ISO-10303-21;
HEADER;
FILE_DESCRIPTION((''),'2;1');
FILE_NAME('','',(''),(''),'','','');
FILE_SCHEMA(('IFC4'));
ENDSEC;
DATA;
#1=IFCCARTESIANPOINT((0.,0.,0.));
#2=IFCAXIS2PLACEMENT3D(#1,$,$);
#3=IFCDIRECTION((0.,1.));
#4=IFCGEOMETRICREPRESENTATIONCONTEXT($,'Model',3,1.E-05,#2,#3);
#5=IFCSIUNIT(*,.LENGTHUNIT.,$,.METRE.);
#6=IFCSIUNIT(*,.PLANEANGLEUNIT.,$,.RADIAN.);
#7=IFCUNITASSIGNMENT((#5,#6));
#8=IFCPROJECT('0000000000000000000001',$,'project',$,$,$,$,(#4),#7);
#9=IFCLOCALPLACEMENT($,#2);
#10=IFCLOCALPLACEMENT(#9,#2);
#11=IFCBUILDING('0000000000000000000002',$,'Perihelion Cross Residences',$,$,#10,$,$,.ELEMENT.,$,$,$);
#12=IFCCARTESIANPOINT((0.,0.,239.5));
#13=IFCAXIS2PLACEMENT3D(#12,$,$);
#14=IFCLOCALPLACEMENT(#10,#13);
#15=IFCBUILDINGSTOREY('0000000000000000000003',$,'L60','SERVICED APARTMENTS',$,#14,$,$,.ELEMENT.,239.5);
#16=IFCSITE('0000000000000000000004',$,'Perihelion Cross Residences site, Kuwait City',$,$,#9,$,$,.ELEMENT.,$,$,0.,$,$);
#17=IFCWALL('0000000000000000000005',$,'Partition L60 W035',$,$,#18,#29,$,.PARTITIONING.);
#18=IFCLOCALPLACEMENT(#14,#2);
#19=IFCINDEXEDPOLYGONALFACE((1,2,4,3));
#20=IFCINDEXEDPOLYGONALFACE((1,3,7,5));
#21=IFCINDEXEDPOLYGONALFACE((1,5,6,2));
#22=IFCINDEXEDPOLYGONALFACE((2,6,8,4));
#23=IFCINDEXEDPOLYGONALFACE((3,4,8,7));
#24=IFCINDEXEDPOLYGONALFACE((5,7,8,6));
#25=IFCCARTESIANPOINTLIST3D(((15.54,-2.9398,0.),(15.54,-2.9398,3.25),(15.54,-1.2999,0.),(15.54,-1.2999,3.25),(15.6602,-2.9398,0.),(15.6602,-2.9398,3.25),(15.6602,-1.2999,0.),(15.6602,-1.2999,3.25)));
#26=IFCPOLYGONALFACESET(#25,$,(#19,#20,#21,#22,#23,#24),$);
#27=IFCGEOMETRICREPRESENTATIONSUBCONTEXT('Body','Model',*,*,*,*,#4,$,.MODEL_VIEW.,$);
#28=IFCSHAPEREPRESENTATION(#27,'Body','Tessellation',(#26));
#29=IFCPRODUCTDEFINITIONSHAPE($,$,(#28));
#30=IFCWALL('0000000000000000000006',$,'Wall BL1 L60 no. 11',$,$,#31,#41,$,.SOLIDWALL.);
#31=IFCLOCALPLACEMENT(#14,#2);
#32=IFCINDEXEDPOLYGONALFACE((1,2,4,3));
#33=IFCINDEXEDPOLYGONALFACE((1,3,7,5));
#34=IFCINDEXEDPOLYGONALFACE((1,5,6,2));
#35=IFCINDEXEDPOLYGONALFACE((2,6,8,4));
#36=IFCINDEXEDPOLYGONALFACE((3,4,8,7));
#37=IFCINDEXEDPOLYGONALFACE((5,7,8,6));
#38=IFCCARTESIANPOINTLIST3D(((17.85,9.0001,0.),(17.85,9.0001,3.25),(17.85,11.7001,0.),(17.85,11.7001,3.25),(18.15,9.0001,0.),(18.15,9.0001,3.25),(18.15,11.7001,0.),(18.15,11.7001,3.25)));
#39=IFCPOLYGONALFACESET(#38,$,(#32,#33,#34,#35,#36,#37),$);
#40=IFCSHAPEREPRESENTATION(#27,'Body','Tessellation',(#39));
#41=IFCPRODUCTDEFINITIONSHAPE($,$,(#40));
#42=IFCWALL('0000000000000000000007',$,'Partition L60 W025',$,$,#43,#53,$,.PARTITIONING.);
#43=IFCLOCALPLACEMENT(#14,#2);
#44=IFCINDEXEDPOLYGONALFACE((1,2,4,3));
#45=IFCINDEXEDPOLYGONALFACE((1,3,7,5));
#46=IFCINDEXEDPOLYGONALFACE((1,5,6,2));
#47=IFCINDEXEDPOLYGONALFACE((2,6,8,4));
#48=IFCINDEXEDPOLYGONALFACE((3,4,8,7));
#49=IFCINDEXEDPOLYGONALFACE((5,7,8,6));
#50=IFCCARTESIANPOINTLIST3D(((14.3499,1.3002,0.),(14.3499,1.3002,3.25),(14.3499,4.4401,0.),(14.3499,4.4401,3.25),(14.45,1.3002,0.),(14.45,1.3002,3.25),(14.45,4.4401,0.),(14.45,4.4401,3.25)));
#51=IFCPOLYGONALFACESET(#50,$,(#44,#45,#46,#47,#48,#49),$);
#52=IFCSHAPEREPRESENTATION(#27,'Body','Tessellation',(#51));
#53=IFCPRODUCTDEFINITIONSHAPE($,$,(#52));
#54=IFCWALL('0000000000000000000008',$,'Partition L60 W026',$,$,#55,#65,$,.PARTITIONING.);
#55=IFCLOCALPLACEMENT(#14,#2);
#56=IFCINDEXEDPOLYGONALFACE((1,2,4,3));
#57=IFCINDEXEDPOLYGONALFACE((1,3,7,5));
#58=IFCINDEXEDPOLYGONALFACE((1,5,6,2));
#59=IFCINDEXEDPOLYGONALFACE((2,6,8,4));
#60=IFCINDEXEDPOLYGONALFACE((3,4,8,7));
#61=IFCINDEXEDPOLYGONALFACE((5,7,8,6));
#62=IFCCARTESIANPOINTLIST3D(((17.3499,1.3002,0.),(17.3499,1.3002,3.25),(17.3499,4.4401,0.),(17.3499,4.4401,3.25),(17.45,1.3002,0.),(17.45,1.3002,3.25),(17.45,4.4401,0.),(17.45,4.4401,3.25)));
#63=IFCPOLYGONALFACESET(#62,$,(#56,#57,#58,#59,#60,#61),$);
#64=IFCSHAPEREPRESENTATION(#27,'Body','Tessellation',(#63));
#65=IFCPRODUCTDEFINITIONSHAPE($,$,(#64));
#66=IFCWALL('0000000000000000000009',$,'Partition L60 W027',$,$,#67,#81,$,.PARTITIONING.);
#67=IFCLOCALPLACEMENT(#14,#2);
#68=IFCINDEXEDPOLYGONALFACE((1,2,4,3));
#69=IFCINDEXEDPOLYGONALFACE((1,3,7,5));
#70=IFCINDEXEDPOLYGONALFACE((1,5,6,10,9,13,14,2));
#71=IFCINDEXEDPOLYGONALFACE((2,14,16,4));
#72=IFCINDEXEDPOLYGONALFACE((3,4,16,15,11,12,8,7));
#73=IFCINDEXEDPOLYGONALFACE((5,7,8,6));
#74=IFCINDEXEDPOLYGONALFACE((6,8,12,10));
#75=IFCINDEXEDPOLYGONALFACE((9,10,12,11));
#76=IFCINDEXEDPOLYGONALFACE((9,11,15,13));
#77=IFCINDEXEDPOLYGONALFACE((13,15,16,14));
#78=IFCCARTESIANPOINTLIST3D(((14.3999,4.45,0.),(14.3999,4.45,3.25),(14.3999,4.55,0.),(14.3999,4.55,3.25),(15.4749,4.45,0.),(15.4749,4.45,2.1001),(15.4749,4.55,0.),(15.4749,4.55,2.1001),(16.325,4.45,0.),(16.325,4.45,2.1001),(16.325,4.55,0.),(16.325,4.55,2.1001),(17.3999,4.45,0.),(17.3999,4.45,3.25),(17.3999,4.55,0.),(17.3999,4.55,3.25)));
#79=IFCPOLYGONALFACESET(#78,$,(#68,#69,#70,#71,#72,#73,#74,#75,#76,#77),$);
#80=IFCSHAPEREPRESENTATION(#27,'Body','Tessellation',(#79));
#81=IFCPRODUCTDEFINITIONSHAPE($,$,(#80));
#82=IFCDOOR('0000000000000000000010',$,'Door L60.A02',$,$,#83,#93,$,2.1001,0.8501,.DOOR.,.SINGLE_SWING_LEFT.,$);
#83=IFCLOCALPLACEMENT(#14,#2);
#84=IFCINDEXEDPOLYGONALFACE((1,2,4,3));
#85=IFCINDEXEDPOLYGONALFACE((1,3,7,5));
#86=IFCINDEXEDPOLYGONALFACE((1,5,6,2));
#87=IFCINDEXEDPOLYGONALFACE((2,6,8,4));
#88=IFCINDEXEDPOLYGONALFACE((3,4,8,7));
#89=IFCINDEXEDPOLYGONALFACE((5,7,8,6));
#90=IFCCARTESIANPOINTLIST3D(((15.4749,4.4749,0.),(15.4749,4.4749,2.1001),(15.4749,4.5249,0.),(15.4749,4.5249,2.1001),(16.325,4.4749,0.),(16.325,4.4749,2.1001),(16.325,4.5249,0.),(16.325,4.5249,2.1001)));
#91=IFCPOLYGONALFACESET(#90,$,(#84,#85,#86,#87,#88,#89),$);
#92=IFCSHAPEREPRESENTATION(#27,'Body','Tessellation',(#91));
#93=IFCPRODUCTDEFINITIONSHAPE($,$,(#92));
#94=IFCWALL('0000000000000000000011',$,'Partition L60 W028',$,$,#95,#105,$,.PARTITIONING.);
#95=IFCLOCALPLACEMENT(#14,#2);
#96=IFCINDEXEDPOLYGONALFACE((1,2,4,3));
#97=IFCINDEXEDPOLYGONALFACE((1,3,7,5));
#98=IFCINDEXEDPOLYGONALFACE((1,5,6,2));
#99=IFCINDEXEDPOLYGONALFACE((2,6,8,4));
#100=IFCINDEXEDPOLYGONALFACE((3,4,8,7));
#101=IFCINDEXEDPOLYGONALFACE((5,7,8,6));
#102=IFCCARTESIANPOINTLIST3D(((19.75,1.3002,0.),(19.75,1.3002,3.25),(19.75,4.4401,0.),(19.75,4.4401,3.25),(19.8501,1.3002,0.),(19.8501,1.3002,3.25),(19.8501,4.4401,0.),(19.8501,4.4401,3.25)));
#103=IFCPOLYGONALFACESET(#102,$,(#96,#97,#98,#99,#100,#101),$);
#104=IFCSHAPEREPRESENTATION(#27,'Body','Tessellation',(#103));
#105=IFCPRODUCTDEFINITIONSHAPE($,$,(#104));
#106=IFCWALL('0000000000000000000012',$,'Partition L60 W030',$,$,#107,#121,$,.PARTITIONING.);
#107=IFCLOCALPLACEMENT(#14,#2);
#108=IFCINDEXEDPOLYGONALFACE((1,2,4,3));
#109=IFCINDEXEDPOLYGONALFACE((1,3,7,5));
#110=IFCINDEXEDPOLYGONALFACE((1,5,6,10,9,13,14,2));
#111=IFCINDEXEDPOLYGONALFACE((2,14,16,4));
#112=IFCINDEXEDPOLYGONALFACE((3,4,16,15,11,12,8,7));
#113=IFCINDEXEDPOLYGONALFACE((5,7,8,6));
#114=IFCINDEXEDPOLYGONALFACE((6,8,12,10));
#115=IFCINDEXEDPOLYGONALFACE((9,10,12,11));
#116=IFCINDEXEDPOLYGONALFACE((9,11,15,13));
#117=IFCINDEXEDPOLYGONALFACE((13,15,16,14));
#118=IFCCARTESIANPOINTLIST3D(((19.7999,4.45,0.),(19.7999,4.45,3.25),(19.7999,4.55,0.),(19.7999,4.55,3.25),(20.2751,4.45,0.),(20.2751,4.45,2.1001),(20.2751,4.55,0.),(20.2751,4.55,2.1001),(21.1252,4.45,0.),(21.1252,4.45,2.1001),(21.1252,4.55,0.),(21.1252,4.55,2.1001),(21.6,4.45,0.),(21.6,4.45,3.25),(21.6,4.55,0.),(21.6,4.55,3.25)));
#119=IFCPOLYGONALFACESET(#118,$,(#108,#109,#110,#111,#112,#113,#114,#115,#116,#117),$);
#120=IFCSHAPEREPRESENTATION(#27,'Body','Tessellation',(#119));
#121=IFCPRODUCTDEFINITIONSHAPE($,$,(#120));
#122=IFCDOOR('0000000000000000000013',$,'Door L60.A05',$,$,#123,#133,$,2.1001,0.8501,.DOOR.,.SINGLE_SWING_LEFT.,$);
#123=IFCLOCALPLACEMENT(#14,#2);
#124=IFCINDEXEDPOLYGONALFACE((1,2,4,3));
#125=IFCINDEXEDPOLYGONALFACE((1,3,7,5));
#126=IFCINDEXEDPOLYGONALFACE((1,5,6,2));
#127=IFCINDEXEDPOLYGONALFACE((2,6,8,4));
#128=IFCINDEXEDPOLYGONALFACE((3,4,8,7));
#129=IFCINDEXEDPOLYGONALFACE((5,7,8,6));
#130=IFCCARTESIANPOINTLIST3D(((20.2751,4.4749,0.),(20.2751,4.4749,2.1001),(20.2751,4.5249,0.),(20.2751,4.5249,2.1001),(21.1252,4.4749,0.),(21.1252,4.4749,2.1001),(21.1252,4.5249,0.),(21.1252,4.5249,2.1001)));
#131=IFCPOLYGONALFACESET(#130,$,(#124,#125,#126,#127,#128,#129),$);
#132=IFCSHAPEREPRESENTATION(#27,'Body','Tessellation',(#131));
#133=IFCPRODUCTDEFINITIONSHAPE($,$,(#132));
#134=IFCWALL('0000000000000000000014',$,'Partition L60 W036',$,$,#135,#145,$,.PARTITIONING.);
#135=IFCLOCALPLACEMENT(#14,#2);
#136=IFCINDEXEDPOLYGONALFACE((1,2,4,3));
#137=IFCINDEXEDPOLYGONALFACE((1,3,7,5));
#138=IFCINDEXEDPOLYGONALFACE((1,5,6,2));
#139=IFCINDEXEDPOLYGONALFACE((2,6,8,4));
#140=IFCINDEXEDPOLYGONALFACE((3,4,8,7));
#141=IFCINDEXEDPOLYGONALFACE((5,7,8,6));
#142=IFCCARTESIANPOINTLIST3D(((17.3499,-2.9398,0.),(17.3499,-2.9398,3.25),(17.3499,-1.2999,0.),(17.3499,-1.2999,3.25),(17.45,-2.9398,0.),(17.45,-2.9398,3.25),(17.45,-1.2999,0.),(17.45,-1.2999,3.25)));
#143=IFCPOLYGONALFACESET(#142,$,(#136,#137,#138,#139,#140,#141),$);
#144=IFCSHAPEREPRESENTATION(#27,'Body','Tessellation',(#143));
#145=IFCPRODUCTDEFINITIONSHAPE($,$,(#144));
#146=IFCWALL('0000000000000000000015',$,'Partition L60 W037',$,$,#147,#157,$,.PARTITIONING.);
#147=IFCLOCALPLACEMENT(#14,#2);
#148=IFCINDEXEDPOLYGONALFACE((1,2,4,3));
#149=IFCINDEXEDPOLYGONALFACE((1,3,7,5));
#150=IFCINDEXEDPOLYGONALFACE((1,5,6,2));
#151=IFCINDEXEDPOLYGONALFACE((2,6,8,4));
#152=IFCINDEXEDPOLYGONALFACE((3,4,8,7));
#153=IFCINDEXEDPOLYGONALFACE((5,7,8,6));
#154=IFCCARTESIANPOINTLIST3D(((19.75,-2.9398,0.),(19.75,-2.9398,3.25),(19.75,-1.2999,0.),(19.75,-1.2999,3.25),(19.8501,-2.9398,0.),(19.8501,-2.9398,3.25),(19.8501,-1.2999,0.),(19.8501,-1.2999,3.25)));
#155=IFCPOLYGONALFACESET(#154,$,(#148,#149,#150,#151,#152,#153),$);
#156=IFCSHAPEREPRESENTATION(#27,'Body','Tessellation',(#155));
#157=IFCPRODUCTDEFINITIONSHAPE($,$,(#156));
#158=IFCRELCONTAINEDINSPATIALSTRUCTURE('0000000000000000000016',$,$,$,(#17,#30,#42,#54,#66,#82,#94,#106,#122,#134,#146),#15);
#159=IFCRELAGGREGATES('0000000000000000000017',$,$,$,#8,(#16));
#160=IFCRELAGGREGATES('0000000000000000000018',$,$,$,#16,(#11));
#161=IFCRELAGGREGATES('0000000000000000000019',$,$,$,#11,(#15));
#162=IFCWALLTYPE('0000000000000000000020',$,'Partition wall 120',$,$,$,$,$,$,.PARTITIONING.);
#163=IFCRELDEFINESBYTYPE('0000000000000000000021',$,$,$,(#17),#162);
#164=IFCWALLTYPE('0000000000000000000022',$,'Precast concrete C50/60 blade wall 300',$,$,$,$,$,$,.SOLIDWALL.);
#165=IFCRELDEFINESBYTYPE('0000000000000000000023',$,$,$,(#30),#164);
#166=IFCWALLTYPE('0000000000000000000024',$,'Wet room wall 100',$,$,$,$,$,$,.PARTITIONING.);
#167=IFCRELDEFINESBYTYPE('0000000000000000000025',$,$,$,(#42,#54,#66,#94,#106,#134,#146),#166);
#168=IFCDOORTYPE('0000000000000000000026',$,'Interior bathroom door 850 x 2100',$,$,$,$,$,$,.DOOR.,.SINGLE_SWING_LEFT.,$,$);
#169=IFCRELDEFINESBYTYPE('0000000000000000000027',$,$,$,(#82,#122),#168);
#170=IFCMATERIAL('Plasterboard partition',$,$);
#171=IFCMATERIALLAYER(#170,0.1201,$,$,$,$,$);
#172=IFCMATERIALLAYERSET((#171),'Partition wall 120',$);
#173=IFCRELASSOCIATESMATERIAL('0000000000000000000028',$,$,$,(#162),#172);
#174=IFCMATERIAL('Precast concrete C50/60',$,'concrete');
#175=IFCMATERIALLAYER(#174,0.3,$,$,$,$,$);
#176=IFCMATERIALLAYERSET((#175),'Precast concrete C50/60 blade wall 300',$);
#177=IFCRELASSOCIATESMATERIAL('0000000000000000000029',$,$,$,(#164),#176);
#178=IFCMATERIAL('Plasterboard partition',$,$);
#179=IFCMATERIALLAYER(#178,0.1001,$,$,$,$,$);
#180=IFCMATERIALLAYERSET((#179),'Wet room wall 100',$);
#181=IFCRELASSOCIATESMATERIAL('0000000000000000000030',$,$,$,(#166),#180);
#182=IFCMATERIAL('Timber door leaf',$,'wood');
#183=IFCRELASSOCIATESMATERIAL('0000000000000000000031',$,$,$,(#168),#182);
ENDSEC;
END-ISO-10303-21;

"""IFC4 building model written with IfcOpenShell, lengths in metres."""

from ifc_helpers import new_model, si_unit, direction, frame, frame_2d, origin, place, context, subcontext, project, spatial, rectangle, extrude, material, layer, layer_set, type_object, element, fill, save


model = new_model("IFC4")

# Units and contexts
model_context = context("Model", 3, precision=1e-05, world=origin(), true_north=direction((0.0, 1.0)))
body_context = subcontext(model_context, "Body", "Model", "MODEL_VIEW")
ifc_project = project(units=[si_unit("LENGTHUNIT", "METRE"), si_unit("PLANEANGLEUNIT", "RADIAN")], contexts=[model_context])

# Site, building, storey
site_placement = place(None, origin())
site = spatial("IfcSite", under=ifc_project, at=site_placement, Name="Perihelion Cross Residences site, Kuwait City", CompositionType="ELEMENT", RefElevation=0.0)
building_placement = place(site_placement, origin())
building = spatial("IfcBuilding", under=site, at=building_placement, Name="Perihelion Cross Residences", CompositionType="ELEMENT")
storey_placement = place(building_placement, frame((0.0, 0.0, 239.5)))
storey = spatial("IfcBuildingStorey", under=building, at=storey_placement, Name="L60", Description="SERVICED APARTMENTS", CompositionType="ELEMENT", Elevation=239.5)

# Shared definitions
ifc_material_1 = material(Name="Plasterboard partition")
ifc_layer_1 = layer(ifc_material_1, 0.1201)
ifc_layer_set_1 = layer_set([ifc_layer_1], Name="Partition wall 120")
wall_type_1 = type_object("IfcWallType", Name="Partition wall 120", PredefinedType="PARTITIONING", material=ifc_layer_set_1)

# Walls
wall_1_placement = place(storey_placement, frame((15.6001, -1.3, 0.0), z_axis=(0.0, 0.0, 1.0), x_axis=(0.0, -1.0, 0.0)))
element("IfcWall", 1, at=wall_1_placement, inside=storey, type_object=wall_type_1, Name="Partition L60 W035", PredefinedType="PARTITIONING", context=body_context, shape_type="SweptSolid", body=[
    extrude(rectangle(XDim=1.6399, YDim=0.1201, at=frame_2d((0.8198, 0.0))), origin(), (0.0, 0.0, 1.0), 3.25),
])
ifc_material_2 = material(Name="Precast concrete C50/60", Category="concrete")
ifc_layer_2 = layer(ifc_material_2, 0.3)
ifc_layer_set_2 = layer_set([ifc_layer_2], Name="Precast concrete C50/60 blade wall 300")
wall_type_2 = type_object("IfcWallType", Name="Precast concrete C50/60 blade wall 300", PredefinedType="SOLIDWALL", material=ifc_layer_set_2)
wall_2_placement = place(storey_placement, frame((18.0, 9.0, 0.0), z_axis=(0.0, 0.0, 1.0), x_axis=(0.0, 1.0, 0.0)))
element("IfcWall", 2, at=wall_2_placement, inside=storey, type_object=wall_type_2, Name="Wall BL1 L60 no. 11", PredefinedType="SOLIDWALL", context=body_context, shape_type="SweptSolid", body=[
    extrude(rectangle(XDim=2.7, YDim=0.3, at=frame_2d((1.3501, 0.0))), origin(), (0.0, 0.0, 1.0), 3.25),
])
ifc_material_3 = material(Name="Plasterboard partition")
ifc_layer_3 = layer(ifc_material_3, 0.1001)
ifc_layer_set_3 = layer_set([ifc_layer_3], Name="Wet room wall 100")
wall_type_3 = type_object("IfcWallType", Name="Wet room wall 100", PredefinedType="PARTITIONING", material=ifc_layer_set_3)
for number, where, z_axis, x_axis, name in (
    (3, (14.3999, 4.4399, 0.0), (0.0, 0.0, 1.0), (0.0, -1.0, 0.0), "Partition L60 W025"),
    (4, (17.3999, 4.4399, 0.0), (0.0, 0.0, 1.0), (0.0, -1.0, 0.0), "Partition L60 W026"),
):
    element("IfcWall", number, at=place(storey_placement, frame(where, z_axis=z_axis, x_axis=x_axis)), inside=storey, type_object=wall_type_3, Name=name, PredefinedType="PARTITIONING", context=body_context, shape_type="SweptSolid", body=[
        extrude(rectangle(XDim=3.1399, YDim=0.1001, at=frame_2d((1.5698, 0.0))), origin(), (0.0, 0.0, 1.0), 3.25),
    ])

# Wall, opening, door
wall_3_placement = place(storey_placement, frame((14.3999, 4.5, 0.0), z_axis=(0.0, 0.0, 1.0), x_axis=(1.0, 0.0, 0.0)))
wall_3 = element("IfcWall", 5, at=wall_3_placement, inside=storey, type_object=wall_type_3, Name="Partition L60 W027", PredefinedType="PARTITIONING", context=body_context, shape_type="SweptSolid", body=[
    extrude(rectangle(XDim=3.0, YDim=0.1001, at=frame_2d((1.5, 0.0))), origin(), (0.0, 0.0, 1.0), 3.25),
])
opening_1_placement = place(wall_3_placement, frame((1.075, 0.0, 0.0)))
opening_1 = element("IfcOpeningElement", 6, at=opening_1_placement, cuts=wall_3, PredefinedType="OPENING", context=body_context, shape_type="SweptSolid", body=[
    extrude(rectangle(XDim=0.8501, YDim=2.1001, at=frame_2d((0.425, 1.05))), frame((0.0, 0.0601, 0.0), z_axis=(0.0, -1.0, 0.0), x_axis=(1.0, 0.0, 0.0)), (0.0, 0.0, 1.0), 0.1201),
])
ifc_material_4 = material(Name="Timber door leaf", Category="wood")
door_type_1 = type_object("IfcDoorType", Name="Interior bathroom door 850 x 2100", OperationType="SINGLE_SWING_LEFT", PredefinedType="DOOR", material=ifc_material_4)
door_1_placement = place(opening_1_placement, origin())
door_1 = element("IfcDoor", 7, at=door_1_placement, inside=storey, type_object=door_type_1, Name="Door L60.A02", OperationType="SINGLE_SWING_LEFT", OverallHeight=2.1001, OverallWidth=0.8501, PredefinedType="DOOR", context=body_context, shape_type="SweptSolid", body=[
    extrude(rectangle(XDim=0.8501, YDim=2.1001, at=frame_2d((0.425, 1.05))), frame((0.0, 0.0249, 0.0), z_axis=(0.0, -1.0, 0.0), x_axis=(1.0, 0.0, 0.0)), (0.0, 0.0, 1.0), 0.05),
])
fill(opening_1, door_1)

# Wall
wall_4_placement = place(storey_placement, frame((19.8, 4.4399, 0.0), z_axis=(0.0, 0.0, 1.0), x_axis=(0.0, -1.0, 0.0)))
element("IfcWall", 8, at=wall_4_placement, inside=storey, type_object=wall_type_3, Name="Partition L60 W028", PredefinedType="PARTITIONING", context=body_context, shape_type="SweptSolid", body=[
    extrude(rectangle(XDim=3.1399, YDim=0.1001, at=frame_2d((1.5698, 0.0))), origin(), (0.0, 0.0, 1.0), 3.25),
])

# Wall, opening, door
wall_5_placement = place(storey_placement, frame((19.8, 4.5, 0.0), z_axis=(0.0, 0.0, 1.0), x_axis=(1.0, 0.0, 0.0)))
wall_5 = element("IfcWall", 9, at=wall_5_placement, inside=storey, type_object=wall_type_3, Name="Partition L60 W030", PredefinedType="PARTITIONING", context=body_context, shape_type="SweptSolid", body=[
    extrude(rectangle(XDim=1.8, YDim=0.1001, at=frame_2d((0.8999, 0.0))), origin(), (0.0, 0.0, 1.0), 3.25),
])
opening_2_placement = place(wall_5_placement, frame((0.4751, 0.0, 0.0)))
opening_2 = element("IfcOpeningElement", 10, at=opening_2_placement, cuts=wall_5, PredefinedType="OPENING", context=body_context, shape_type="SweptSolid", body=[
    extrude(rectangle(XDim=0.8501, YDim=2.1001, at=frame_2d((0.425, 1.05))), frame((0.0, 0.0601, 0.0), z_axis=(0.0, -1.0, 0.0), x_axis=(1.0, 0.0, 0.0)), (0.0, 0.0, 1.0), 0.1201),
])
door_2_placement = place(opening_2_placement, origin())
door_2 = element("IfcDoor", 11, at=door_2_placement, inside=storey, type_object=door_type_1, Name="Door L60.A05", OperationType="SINGLE_SWING_LEFT", OverallHeight=2.1001, OverallWidth=0.8501, PredefinedType="DOOR", context=body_context, shape_type="SweptSolid", body=[
    extrude(rectangle(XDim=0.8501, YDim=2.1001, at=frame_2d((0.425, 1.05))), frame((0.0, 0.0249, 0.0), z_axis=(0.0, -1.0, 0.0), x_axis=(1.0, 0.0, 0.0)), (0.0, 0.0, 1.0), 0.05),
])
fill(opening_2, door_2)

# Walls
for number, where, z_axis, x_axis, name in (
    (12, (17.3999, -1.3, 0.0), (0.0, 0.0, 1.0), (0.0, -1.0, 0.0), "Partition L60 W036"),
    (13, (19.8, -1.3, 0.0), (0.0, 0.0, 1.0), (0.0, -1.0, 0.0), "Partition L60 W037"),
):
    element("IfcWall", number, at=place(storey_placement, frame(where, z_axis=z_axis, x_axis=x_axis)), inside=storey, type_object=wall_type_3, Name=name, PredefinedType="PARTITIONING", context=body_context, shape_type="SweptSolid", body=[
        extrude(rectangle(XDim=1.6399, YDim=0.1001, at=frame_2d((0.8198, 0.0))), origin(), (0.0, 0.0, 1.0), 3.25),
    ])

save(model, "model.ifc")
